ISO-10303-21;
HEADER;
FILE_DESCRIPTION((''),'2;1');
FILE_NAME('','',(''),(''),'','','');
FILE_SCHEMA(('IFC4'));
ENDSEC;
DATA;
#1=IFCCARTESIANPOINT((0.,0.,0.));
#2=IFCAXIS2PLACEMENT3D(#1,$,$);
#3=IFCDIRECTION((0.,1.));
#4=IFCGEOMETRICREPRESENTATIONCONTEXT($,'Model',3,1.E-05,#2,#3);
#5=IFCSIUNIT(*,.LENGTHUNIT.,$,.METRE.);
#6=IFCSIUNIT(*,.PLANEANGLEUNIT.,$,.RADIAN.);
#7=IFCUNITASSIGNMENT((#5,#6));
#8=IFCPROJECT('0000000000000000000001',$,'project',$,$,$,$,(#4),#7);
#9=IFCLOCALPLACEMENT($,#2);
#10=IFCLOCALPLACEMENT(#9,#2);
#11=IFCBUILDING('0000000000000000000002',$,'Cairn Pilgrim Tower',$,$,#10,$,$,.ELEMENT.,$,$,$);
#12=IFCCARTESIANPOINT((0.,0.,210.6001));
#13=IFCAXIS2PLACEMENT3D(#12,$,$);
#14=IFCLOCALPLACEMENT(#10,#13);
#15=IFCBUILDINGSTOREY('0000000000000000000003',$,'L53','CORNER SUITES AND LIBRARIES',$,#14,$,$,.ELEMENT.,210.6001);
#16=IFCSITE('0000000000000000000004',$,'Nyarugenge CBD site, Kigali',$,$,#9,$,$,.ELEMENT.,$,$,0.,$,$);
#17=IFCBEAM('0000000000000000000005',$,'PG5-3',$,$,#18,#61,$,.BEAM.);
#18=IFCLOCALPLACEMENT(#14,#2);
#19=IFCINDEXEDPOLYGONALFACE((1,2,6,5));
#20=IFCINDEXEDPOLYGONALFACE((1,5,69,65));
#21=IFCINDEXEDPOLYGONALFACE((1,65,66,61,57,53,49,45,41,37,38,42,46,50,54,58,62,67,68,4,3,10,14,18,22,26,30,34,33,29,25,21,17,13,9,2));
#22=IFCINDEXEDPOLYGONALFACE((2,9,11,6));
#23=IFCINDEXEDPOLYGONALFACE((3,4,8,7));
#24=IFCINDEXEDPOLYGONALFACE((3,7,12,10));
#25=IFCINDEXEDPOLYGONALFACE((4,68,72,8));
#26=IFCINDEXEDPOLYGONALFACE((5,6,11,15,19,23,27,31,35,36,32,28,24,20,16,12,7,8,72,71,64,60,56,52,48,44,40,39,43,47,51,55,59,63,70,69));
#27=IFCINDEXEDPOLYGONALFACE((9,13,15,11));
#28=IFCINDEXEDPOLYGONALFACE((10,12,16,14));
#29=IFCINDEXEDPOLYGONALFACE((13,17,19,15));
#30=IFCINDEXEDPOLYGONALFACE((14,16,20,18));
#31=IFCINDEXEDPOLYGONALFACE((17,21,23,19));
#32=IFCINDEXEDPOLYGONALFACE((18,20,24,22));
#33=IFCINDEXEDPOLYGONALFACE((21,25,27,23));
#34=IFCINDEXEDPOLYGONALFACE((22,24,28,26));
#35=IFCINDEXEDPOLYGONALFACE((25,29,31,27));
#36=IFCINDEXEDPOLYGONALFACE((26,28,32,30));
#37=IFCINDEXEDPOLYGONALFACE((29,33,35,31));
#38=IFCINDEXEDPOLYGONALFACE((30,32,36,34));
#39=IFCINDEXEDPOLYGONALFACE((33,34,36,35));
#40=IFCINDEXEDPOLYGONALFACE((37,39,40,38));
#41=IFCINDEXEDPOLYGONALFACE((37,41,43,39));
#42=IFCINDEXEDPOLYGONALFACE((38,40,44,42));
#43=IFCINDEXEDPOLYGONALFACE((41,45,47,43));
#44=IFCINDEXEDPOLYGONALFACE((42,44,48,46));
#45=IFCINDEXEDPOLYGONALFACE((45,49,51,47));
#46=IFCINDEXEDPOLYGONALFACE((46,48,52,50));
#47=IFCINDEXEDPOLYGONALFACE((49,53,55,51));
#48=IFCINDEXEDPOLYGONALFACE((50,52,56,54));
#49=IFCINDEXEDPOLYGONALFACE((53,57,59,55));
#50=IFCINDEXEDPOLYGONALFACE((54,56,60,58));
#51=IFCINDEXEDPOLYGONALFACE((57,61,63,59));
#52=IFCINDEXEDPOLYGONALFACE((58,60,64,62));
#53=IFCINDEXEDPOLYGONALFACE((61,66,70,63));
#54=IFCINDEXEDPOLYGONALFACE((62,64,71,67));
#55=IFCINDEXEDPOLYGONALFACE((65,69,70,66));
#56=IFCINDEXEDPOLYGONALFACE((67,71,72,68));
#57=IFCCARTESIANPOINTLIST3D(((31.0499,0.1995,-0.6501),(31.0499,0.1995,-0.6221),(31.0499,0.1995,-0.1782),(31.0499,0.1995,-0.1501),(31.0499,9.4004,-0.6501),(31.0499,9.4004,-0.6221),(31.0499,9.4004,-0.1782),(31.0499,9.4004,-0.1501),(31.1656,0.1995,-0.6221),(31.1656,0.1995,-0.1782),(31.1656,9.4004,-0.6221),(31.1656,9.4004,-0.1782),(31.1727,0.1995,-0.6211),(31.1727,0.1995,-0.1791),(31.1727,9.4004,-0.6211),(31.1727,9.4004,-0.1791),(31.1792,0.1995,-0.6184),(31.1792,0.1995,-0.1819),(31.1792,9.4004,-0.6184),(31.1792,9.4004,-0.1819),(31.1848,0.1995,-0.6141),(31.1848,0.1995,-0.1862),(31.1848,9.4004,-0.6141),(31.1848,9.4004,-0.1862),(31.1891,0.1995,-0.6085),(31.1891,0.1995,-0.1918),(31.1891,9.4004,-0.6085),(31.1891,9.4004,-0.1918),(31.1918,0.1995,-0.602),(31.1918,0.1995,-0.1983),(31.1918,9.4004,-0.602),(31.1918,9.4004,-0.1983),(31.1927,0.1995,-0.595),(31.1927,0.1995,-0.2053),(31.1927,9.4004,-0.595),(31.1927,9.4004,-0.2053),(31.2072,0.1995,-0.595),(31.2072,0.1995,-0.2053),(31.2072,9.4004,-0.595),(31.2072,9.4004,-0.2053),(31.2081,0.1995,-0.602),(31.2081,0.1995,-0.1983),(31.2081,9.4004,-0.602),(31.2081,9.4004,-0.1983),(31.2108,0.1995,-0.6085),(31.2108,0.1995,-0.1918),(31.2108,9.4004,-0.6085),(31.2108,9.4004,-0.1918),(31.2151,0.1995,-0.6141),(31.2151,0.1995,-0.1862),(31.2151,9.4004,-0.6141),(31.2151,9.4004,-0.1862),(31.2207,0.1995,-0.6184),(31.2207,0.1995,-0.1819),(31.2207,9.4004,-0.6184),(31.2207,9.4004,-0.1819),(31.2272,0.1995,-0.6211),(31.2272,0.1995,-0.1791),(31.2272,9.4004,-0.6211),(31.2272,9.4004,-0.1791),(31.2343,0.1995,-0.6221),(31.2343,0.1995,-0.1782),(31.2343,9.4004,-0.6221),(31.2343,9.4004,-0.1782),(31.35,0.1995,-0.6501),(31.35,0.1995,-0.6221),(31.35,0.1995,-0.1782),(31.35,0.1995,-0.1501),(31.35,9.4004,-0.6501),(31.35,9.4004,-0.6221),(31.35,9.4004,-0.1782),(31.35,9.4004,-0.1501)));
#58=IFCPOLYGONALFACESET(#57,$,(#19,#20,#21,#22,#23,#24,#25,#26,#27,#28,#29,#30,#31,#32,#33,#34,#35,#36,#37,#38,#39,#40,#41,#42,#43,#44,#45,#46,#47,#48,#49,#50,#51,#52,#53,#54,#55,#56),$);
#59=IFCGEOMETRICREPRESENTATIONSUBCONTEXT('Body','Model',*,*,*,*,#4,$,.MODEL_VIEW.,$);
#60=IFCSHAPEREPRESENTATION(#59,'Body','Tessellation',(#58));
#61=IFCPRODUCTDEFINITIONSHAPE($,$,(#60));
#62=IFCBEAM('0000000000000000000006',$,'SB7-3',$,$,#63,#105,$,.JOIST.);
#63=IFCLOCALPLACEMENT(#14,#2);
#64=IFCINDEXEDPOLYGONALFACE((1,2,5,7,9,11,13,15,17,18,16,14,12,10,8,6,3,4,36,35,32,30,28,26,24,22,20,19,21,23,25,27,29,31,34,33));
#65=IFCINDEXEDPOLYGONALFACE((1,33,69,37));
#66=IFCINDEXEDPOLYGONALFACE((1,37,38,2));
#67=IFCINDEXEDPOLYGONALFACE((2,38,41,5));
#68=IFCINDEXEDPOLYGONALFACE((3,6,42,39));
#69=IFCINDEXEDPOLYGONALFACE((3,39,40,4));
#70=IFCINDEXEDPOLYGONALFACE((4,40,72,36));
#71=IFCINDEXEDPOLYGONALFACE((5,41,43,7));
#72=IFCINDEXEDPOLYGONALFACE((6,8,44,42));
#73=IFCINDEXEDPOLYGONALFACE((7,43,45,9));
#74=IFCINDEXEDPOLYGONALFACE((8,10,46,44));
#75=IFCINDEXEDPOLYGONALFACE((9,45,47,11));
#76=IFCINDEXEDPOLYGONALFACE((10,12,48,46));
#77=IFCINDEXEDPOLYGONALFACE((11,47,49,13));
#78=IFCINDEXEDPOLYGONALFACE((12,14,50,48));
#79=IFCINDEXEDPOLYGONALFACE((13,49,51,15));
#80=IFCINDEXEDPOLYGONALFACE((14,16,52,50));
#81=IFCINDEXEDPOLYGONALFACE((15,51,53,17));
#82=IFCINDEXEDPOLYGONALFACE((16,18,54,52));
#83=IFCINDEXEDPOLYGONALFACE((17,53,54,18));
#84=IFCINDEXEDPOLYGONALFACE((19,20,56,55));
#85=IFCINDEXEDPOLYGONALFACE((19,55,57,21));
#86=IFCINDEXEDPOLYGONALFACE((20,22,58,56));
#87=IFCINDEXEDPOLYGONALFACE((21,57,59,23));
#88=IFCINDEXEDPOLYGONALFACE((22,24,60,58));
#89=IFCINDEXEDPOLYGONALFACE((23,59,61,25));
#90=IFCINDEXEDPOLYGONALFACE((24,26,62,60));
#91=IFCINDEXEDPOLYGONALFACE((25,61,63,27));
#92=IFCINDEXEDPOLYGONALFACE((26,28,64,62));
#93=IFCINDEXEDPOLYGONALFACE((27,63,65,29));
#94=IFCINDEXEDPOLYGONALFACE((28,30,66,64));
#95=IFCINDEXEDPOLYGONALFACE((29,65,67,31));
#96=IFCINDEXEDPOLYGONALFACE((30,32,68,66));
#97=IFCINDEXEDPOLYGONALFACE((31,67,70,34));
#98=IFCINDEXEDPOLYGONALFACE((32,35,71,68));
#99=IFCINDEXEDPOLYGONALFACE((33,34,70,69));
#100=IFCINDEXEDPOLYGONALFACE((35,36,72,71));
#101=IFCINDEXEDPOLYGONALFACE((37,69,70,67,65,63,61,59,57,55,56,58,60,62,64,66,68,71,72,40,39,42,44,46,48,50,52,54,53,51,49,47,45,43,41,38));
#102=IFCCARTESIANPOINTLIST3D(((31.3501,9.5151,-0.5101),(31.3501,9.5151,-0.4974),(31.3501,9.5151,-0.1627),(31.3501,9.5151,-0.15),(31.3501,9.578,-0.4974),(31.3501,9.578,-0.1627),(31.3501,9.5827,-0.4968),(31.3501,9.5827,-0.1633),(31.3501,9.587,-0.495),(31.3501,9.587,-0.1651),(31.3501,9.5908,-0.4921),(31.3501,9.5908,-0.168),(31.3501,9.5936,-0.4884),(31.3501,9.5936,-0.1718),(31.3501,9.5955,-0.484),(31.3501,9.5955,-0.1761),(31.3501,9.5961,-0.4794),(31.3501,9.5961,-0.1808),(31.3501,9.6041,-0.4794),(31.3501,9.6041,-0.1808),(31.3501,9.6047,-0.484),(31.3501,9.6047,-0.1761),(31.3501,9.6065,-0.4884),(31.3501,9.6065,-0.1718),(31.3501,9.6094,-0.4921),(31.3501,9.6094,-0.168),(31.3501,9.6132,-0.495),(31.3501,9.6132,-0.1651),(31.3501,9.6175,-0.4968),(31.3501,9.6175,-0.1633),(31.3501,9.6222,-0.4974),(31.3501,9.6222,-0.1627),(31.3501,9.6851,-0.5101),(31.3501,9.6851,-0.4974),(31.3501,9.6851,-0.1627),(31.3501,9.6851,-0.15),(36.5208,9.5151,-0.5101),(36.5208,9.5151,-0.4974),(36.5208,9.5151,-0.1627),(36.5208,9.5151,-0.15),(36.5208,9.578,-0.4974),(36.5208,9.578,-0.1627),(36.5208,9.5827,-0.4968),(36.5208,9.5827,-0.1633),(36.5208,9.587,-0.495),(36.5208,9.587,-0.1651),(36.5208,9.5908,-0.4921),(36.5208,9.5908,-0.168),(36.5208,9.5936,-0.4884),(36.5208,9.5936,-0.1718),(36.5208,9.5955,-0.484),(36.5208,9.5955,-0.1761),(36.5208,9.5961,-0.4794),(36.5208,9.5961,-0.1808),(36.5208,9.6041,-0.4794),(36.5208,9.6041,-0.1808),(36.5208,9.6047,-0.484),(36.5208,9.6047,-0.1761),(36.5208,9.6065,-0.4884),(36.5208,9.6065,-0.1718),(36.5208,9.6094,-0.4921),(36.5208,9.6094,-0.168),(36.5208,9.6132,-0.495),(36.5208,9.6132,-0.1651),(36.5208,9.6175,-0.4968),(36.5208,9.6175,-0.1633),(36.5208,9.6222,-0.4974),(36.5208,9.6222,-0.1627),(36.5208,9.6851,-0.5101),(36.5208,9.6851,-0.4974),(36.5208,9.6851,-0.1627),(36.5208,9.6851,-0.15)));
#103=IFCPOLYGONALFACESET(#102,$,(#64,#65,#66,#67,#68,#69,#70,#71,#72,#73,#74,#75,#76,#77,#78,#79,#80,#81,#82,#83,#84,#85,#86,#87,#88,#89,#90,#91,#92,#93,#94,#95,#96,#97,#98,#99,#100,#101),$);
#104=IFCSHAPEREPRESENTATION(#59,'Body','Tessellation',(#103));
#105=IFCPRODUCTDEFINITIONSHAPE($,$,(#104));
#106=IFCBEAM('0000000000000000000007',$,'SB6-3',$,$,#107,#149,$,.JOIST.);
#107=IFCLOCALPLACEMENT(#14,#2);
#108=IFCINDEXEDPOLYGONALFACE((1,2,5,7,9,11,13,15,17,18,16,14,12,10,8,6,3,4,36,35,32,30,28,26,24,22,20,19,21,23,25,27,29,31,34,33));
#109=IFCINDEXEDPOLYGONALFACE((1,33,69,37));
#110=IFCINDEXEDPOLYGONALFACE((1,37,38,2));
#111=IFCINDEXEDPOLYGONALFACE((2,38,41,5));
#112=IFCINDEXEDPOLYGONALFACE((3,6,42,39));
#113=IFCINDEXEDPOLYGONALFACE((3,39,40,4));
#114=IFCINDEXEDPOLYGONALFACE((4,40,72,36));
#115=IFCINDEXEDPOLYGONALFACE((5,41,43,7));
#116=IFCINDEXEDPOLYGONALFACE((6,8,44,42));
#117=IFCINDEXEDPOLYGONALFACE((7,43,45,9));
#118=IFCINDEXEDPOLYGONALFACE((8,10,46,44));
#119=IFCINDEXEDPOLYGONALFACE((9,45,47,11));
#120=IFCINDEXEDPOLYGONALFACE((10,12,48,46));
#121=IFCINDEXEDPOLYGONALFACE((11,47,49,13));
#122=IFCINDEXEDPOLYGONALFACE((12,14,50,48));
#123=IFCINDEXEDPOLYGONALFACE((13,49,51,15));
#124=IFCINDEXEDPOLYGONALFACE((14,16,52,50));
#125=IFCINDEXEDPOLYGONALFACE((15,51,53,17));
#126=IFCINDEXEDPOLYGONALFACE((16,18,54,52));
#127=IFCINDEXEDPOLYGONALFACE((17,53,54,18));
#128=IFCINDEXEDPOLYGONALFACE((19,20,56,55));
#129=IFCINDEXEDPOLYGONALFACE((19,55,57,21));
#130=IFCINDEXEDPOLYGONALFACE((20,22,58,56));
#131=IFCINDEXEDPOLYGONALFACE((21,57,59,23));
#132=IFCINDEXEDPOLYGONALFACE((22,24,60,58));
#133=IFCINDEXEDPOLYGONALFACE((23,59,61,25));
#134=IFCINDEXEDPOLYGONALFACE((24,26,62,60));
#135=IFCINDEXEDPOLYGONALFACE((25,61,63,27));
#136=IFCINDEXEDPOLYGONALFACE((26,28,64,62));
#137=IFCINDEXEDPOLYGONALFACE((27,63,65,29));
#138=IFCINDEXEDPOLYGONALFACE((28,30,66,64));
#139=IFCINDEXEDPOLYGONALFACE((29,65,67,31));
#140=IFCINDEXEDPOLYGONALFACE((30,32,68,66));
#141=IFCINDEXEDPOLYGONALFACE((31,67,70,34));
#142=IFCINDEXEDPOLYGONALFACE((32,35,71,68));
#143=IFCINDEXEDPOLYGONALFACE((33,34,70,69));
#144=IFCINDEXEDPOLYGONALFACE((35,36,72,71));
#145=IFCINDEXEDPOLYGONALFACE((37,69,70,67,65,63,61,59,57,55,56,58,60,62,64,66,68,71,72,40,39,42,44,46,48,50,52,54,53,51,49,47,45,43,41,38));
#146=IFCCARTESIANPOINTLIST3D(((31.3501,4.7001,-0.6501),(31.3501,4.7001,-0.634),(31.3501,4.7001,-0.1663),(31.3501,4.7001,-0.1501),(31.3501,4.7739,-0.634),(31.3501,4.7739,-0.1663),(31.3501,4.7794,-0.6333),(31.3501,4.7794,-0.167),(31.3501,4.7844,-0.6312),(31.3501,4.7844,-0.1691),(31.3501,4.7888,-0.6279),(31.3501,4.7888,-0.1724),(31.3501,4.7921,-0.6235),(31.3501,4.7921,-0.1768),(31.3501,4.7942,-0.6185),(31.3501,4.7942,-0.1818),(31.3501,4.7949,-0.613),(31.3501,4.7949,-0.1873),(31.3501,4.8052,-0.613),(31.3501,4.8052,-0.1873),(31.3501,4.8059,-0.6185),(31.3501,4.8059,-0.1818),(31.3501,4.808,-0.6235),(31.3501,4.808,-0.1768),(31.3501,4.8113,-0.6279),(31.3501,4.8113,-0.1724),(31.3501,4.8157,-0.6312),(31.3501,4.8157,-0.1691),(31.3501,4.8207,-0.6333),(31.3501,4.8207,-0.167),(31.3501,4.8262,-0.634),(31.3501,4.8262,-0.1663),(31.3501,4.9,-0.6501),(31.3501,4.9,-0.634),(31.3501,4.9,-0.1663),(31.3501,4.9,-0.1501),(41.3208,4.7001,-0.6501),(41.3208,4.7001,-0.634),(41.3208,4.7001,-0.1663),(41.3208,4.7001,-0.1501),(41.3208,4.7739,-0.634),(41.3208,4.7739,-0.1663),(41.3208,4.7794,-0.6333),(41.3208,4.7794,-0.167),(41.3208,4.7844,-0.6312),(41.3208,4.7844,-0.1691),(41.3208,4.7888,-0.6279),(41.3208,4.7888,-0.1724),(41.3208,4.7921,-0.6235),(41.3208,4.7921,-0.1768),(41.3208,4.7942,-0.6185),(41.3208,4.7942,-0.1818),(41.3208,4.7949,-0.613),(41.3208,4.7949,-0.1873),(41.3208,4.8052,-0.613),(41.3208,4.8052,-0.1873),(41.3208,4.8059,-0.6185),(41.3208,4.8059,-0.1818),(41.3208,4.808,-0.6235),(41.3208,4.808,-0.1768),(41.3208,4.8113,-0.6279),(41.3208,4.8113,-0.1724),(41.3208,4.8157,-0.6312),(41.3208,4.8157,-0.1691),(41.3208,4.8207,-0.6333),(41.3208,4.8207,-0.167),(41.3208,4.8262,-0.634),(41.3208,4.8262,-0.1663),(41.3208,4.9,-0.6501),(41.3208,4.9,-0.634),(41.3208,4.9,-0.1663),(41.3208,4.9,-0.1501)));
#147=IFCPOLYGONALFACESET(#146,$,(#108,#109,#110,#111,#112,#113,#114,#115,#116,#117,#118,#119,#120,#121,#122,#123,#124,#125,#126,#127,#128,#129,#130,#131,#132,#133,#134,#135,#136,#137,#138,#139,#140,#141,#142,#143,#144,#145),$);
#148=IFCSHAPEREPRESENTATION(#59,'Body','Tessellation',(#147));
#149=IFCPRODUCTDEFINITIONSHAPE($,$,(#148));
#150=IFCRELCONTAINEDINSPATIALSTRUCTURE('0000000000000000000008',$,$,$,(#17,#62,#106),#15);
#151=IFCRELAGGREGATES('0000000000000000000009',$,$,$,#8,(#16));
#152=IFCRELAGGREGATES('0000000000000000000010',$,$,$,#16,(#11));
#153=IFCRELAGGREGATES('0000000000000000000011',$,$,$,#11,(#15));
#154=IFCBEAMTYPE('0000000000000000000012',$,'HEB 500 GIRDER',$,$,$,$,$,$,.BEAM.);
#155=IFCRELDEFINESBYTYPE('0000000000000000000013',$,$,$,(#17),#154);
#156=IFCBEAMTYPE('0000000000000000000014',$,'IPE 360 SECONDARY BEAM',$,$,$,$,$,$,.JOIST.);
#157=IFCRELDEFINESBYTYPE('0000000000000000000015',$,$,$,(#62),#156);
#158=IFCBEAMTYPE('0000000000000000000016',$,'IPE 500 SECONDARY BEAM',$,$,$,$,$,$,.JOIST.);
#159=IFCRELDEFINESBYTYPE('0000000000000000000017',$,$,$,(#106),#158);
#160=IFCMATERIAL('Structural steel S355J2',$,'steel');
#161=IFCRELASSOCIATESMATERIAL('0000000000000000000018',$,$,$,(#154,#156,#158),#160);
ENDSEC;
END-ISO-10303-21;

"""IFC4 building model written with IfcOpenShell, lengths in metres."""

from ifc_helpers import new_model, si_unit, direction, frame, origin, origin_2d, place, context, subcontext, project, spatial, i_section, extrude, material, material_profile, profile_set, type_object, element, save


model = new_model("IFC4")

# Units and contexts
model_context = context("Model", 3, precision=1e-05, world=origin(), true_north=direction((0.0, 1.0)))
body_context = subcontext(model_context, "Body", "Model", "MODEL_VIEW")
ifc_project = project(units=[si_unit("LENGTHUNIT", "METRE"), si_unit("PLANEANGLEUNIT", "RADIAN")], contexts=[model_context])

# Site, building, storey
site_placement = place(None, origin())
site = spatial("IfcSite", under=ifc_project, at=site_placement, Name="Nyarugenge CBD site, Kigali", CompositionType="ELEMENT", RefElevation=0.0)
building_placement = place(site_placement, origin())
building = spatial("IfcBuilding", under=site, at=building_placement, Name="Cairn Pilgrim Tower", CompositionType="ELEMENT")
storey_placement = place(building_placement, frame((0.0, 0.0, 210.6001)))
storey = spatial("IfcBuildingStorey", under=building, at=storey_placement, Name="L53", Description="CORNER SUITES AND LIBRARIES", CompositionType="ELEMENT", Elevation=210.6001)

# Shared definitions
ifc_material_1 = material(Name="Structural steel S355J2", Category="steel")

# Beams
ifc_material_profile_1 = material_profile(ifc_material_1, i_section(OverallWidth=0.3, OverallDepth=0.5, WebThickness=0.0144, FlangeThickness=0.0281, FilletRadius=0.0271, at=origin_2d()), Name="HEB 500")
ifc_profile_set_1 = profile_set([ifc_material_profile_1], Name="Structural steel S355J2")
beam_type_1 = type_object("IfcBeamType", Name="HEB 500 GIRDER", PredefinedType="BEAM", material=ifc_profile_set_1)
beam_1_placement = place(storey_placement, frame((31.2, 0.1995, -0.4001), z_axis=(0.0, 1.0, 0.0), x_axis=(-1.0, 0.0, 0.0)))
element("IfcBeam", 1, at=beam_1_placement, inside=storey, type_object=beam_type_1, Name="PG5-3", PredefinedType="BEAM", context=body_context, shape_type="SweptSolid", body=[
    extrude(i_section(OverallWidth=0.3, OverallDepth=0.5, WebThickness=0.0144, FlangeThickness=0.0281, FilletRadius=0.0271, at=origin_2d()), origin(), (0.0, 0.0, 1.0), 9.2009),
])
ifc_material_profile_2 = material_profile(ifc_material_1, i_section(OverallWidth=0.1699, OverallDepth=0.3601, WebThickness=0.0081, FlangeThickness=0.0127, FilletRadius=0.0181, at=origin_2d()), Name="IPE 360")
ifc_profile_set_2 = profile_set([ifc_material_profile_2], Name="Structural steel S355J2")
beam_type_2 = type_object("IfcBeamType", Name="IPE 360 SECONDARY BEAM", PredefinedType="JOIST", material=ifc_profile_set_2)
beam_2_placement = place(storey_placement, frame((31.3501, 9.6001, -0.3301), z_axis=(1.0, 0.0, 0.0), x_axis=(0.0, 1.0, 0.0)))
element("IfcBeam", 2, at=beam_2_placement, inside=storey, type_object=beam_type_2, Name="SB7-3", PredefinedType="JOIST", context=body_context, shape_type="SweptSolid", body=[
    extrude(i_section(OverallWidth=0.1699, OverallDepth=0.3601, WebThickness=0.0081, FlangeThickness=0.0127, FilletRadius=0.0181, at=origin_2d()), origin(), (0.0, 0.0, 1.0), 5.1707),
])
ifc_material_profile_3 = material_profile(ifc_material_1, i_section(OverallWidth=0.2, OverallDepth=0.5, WebThickness=0.0103, FlangeThickness=0.0161, FilletRadius=0.021, at=origin_2d()), Name="IPE 500")
ifc_profile_set_3 = profile_set([ifc_material_profile_3], Name="Structural steel S355J2")
beam_type_3 = type_object("IfcBeamType", Name="IPE 500 SECONDARY BEAM", PredefinedType="JOIST", material=ifc_profile_set_3)
beam_3_placement = place(storey_placement, frame((31.3501, 4.8, -0.4001), z_axis=(1.0, 0.0, 0.0), x_axis=(0.0, 1.0, 0.0)))
element("IfcBeam", 3, at=beam_3_placement, inside=storey, type_object=beam_type_3, Name="SB6-3", PredefinedType="JOIST", context=body_context, shape_type="SweptSolid", body=[
    extrude(i_section(OverallWidth=0.2, OverallDepth=0.5, WebThickness=0.0103, FlangeThickness=0.0161, FilletRadius=0.021, at=origin_2d()), origin(), (0.0, 0.0, 1.0), 9.9707),
])

save(model, "model.ifc")
